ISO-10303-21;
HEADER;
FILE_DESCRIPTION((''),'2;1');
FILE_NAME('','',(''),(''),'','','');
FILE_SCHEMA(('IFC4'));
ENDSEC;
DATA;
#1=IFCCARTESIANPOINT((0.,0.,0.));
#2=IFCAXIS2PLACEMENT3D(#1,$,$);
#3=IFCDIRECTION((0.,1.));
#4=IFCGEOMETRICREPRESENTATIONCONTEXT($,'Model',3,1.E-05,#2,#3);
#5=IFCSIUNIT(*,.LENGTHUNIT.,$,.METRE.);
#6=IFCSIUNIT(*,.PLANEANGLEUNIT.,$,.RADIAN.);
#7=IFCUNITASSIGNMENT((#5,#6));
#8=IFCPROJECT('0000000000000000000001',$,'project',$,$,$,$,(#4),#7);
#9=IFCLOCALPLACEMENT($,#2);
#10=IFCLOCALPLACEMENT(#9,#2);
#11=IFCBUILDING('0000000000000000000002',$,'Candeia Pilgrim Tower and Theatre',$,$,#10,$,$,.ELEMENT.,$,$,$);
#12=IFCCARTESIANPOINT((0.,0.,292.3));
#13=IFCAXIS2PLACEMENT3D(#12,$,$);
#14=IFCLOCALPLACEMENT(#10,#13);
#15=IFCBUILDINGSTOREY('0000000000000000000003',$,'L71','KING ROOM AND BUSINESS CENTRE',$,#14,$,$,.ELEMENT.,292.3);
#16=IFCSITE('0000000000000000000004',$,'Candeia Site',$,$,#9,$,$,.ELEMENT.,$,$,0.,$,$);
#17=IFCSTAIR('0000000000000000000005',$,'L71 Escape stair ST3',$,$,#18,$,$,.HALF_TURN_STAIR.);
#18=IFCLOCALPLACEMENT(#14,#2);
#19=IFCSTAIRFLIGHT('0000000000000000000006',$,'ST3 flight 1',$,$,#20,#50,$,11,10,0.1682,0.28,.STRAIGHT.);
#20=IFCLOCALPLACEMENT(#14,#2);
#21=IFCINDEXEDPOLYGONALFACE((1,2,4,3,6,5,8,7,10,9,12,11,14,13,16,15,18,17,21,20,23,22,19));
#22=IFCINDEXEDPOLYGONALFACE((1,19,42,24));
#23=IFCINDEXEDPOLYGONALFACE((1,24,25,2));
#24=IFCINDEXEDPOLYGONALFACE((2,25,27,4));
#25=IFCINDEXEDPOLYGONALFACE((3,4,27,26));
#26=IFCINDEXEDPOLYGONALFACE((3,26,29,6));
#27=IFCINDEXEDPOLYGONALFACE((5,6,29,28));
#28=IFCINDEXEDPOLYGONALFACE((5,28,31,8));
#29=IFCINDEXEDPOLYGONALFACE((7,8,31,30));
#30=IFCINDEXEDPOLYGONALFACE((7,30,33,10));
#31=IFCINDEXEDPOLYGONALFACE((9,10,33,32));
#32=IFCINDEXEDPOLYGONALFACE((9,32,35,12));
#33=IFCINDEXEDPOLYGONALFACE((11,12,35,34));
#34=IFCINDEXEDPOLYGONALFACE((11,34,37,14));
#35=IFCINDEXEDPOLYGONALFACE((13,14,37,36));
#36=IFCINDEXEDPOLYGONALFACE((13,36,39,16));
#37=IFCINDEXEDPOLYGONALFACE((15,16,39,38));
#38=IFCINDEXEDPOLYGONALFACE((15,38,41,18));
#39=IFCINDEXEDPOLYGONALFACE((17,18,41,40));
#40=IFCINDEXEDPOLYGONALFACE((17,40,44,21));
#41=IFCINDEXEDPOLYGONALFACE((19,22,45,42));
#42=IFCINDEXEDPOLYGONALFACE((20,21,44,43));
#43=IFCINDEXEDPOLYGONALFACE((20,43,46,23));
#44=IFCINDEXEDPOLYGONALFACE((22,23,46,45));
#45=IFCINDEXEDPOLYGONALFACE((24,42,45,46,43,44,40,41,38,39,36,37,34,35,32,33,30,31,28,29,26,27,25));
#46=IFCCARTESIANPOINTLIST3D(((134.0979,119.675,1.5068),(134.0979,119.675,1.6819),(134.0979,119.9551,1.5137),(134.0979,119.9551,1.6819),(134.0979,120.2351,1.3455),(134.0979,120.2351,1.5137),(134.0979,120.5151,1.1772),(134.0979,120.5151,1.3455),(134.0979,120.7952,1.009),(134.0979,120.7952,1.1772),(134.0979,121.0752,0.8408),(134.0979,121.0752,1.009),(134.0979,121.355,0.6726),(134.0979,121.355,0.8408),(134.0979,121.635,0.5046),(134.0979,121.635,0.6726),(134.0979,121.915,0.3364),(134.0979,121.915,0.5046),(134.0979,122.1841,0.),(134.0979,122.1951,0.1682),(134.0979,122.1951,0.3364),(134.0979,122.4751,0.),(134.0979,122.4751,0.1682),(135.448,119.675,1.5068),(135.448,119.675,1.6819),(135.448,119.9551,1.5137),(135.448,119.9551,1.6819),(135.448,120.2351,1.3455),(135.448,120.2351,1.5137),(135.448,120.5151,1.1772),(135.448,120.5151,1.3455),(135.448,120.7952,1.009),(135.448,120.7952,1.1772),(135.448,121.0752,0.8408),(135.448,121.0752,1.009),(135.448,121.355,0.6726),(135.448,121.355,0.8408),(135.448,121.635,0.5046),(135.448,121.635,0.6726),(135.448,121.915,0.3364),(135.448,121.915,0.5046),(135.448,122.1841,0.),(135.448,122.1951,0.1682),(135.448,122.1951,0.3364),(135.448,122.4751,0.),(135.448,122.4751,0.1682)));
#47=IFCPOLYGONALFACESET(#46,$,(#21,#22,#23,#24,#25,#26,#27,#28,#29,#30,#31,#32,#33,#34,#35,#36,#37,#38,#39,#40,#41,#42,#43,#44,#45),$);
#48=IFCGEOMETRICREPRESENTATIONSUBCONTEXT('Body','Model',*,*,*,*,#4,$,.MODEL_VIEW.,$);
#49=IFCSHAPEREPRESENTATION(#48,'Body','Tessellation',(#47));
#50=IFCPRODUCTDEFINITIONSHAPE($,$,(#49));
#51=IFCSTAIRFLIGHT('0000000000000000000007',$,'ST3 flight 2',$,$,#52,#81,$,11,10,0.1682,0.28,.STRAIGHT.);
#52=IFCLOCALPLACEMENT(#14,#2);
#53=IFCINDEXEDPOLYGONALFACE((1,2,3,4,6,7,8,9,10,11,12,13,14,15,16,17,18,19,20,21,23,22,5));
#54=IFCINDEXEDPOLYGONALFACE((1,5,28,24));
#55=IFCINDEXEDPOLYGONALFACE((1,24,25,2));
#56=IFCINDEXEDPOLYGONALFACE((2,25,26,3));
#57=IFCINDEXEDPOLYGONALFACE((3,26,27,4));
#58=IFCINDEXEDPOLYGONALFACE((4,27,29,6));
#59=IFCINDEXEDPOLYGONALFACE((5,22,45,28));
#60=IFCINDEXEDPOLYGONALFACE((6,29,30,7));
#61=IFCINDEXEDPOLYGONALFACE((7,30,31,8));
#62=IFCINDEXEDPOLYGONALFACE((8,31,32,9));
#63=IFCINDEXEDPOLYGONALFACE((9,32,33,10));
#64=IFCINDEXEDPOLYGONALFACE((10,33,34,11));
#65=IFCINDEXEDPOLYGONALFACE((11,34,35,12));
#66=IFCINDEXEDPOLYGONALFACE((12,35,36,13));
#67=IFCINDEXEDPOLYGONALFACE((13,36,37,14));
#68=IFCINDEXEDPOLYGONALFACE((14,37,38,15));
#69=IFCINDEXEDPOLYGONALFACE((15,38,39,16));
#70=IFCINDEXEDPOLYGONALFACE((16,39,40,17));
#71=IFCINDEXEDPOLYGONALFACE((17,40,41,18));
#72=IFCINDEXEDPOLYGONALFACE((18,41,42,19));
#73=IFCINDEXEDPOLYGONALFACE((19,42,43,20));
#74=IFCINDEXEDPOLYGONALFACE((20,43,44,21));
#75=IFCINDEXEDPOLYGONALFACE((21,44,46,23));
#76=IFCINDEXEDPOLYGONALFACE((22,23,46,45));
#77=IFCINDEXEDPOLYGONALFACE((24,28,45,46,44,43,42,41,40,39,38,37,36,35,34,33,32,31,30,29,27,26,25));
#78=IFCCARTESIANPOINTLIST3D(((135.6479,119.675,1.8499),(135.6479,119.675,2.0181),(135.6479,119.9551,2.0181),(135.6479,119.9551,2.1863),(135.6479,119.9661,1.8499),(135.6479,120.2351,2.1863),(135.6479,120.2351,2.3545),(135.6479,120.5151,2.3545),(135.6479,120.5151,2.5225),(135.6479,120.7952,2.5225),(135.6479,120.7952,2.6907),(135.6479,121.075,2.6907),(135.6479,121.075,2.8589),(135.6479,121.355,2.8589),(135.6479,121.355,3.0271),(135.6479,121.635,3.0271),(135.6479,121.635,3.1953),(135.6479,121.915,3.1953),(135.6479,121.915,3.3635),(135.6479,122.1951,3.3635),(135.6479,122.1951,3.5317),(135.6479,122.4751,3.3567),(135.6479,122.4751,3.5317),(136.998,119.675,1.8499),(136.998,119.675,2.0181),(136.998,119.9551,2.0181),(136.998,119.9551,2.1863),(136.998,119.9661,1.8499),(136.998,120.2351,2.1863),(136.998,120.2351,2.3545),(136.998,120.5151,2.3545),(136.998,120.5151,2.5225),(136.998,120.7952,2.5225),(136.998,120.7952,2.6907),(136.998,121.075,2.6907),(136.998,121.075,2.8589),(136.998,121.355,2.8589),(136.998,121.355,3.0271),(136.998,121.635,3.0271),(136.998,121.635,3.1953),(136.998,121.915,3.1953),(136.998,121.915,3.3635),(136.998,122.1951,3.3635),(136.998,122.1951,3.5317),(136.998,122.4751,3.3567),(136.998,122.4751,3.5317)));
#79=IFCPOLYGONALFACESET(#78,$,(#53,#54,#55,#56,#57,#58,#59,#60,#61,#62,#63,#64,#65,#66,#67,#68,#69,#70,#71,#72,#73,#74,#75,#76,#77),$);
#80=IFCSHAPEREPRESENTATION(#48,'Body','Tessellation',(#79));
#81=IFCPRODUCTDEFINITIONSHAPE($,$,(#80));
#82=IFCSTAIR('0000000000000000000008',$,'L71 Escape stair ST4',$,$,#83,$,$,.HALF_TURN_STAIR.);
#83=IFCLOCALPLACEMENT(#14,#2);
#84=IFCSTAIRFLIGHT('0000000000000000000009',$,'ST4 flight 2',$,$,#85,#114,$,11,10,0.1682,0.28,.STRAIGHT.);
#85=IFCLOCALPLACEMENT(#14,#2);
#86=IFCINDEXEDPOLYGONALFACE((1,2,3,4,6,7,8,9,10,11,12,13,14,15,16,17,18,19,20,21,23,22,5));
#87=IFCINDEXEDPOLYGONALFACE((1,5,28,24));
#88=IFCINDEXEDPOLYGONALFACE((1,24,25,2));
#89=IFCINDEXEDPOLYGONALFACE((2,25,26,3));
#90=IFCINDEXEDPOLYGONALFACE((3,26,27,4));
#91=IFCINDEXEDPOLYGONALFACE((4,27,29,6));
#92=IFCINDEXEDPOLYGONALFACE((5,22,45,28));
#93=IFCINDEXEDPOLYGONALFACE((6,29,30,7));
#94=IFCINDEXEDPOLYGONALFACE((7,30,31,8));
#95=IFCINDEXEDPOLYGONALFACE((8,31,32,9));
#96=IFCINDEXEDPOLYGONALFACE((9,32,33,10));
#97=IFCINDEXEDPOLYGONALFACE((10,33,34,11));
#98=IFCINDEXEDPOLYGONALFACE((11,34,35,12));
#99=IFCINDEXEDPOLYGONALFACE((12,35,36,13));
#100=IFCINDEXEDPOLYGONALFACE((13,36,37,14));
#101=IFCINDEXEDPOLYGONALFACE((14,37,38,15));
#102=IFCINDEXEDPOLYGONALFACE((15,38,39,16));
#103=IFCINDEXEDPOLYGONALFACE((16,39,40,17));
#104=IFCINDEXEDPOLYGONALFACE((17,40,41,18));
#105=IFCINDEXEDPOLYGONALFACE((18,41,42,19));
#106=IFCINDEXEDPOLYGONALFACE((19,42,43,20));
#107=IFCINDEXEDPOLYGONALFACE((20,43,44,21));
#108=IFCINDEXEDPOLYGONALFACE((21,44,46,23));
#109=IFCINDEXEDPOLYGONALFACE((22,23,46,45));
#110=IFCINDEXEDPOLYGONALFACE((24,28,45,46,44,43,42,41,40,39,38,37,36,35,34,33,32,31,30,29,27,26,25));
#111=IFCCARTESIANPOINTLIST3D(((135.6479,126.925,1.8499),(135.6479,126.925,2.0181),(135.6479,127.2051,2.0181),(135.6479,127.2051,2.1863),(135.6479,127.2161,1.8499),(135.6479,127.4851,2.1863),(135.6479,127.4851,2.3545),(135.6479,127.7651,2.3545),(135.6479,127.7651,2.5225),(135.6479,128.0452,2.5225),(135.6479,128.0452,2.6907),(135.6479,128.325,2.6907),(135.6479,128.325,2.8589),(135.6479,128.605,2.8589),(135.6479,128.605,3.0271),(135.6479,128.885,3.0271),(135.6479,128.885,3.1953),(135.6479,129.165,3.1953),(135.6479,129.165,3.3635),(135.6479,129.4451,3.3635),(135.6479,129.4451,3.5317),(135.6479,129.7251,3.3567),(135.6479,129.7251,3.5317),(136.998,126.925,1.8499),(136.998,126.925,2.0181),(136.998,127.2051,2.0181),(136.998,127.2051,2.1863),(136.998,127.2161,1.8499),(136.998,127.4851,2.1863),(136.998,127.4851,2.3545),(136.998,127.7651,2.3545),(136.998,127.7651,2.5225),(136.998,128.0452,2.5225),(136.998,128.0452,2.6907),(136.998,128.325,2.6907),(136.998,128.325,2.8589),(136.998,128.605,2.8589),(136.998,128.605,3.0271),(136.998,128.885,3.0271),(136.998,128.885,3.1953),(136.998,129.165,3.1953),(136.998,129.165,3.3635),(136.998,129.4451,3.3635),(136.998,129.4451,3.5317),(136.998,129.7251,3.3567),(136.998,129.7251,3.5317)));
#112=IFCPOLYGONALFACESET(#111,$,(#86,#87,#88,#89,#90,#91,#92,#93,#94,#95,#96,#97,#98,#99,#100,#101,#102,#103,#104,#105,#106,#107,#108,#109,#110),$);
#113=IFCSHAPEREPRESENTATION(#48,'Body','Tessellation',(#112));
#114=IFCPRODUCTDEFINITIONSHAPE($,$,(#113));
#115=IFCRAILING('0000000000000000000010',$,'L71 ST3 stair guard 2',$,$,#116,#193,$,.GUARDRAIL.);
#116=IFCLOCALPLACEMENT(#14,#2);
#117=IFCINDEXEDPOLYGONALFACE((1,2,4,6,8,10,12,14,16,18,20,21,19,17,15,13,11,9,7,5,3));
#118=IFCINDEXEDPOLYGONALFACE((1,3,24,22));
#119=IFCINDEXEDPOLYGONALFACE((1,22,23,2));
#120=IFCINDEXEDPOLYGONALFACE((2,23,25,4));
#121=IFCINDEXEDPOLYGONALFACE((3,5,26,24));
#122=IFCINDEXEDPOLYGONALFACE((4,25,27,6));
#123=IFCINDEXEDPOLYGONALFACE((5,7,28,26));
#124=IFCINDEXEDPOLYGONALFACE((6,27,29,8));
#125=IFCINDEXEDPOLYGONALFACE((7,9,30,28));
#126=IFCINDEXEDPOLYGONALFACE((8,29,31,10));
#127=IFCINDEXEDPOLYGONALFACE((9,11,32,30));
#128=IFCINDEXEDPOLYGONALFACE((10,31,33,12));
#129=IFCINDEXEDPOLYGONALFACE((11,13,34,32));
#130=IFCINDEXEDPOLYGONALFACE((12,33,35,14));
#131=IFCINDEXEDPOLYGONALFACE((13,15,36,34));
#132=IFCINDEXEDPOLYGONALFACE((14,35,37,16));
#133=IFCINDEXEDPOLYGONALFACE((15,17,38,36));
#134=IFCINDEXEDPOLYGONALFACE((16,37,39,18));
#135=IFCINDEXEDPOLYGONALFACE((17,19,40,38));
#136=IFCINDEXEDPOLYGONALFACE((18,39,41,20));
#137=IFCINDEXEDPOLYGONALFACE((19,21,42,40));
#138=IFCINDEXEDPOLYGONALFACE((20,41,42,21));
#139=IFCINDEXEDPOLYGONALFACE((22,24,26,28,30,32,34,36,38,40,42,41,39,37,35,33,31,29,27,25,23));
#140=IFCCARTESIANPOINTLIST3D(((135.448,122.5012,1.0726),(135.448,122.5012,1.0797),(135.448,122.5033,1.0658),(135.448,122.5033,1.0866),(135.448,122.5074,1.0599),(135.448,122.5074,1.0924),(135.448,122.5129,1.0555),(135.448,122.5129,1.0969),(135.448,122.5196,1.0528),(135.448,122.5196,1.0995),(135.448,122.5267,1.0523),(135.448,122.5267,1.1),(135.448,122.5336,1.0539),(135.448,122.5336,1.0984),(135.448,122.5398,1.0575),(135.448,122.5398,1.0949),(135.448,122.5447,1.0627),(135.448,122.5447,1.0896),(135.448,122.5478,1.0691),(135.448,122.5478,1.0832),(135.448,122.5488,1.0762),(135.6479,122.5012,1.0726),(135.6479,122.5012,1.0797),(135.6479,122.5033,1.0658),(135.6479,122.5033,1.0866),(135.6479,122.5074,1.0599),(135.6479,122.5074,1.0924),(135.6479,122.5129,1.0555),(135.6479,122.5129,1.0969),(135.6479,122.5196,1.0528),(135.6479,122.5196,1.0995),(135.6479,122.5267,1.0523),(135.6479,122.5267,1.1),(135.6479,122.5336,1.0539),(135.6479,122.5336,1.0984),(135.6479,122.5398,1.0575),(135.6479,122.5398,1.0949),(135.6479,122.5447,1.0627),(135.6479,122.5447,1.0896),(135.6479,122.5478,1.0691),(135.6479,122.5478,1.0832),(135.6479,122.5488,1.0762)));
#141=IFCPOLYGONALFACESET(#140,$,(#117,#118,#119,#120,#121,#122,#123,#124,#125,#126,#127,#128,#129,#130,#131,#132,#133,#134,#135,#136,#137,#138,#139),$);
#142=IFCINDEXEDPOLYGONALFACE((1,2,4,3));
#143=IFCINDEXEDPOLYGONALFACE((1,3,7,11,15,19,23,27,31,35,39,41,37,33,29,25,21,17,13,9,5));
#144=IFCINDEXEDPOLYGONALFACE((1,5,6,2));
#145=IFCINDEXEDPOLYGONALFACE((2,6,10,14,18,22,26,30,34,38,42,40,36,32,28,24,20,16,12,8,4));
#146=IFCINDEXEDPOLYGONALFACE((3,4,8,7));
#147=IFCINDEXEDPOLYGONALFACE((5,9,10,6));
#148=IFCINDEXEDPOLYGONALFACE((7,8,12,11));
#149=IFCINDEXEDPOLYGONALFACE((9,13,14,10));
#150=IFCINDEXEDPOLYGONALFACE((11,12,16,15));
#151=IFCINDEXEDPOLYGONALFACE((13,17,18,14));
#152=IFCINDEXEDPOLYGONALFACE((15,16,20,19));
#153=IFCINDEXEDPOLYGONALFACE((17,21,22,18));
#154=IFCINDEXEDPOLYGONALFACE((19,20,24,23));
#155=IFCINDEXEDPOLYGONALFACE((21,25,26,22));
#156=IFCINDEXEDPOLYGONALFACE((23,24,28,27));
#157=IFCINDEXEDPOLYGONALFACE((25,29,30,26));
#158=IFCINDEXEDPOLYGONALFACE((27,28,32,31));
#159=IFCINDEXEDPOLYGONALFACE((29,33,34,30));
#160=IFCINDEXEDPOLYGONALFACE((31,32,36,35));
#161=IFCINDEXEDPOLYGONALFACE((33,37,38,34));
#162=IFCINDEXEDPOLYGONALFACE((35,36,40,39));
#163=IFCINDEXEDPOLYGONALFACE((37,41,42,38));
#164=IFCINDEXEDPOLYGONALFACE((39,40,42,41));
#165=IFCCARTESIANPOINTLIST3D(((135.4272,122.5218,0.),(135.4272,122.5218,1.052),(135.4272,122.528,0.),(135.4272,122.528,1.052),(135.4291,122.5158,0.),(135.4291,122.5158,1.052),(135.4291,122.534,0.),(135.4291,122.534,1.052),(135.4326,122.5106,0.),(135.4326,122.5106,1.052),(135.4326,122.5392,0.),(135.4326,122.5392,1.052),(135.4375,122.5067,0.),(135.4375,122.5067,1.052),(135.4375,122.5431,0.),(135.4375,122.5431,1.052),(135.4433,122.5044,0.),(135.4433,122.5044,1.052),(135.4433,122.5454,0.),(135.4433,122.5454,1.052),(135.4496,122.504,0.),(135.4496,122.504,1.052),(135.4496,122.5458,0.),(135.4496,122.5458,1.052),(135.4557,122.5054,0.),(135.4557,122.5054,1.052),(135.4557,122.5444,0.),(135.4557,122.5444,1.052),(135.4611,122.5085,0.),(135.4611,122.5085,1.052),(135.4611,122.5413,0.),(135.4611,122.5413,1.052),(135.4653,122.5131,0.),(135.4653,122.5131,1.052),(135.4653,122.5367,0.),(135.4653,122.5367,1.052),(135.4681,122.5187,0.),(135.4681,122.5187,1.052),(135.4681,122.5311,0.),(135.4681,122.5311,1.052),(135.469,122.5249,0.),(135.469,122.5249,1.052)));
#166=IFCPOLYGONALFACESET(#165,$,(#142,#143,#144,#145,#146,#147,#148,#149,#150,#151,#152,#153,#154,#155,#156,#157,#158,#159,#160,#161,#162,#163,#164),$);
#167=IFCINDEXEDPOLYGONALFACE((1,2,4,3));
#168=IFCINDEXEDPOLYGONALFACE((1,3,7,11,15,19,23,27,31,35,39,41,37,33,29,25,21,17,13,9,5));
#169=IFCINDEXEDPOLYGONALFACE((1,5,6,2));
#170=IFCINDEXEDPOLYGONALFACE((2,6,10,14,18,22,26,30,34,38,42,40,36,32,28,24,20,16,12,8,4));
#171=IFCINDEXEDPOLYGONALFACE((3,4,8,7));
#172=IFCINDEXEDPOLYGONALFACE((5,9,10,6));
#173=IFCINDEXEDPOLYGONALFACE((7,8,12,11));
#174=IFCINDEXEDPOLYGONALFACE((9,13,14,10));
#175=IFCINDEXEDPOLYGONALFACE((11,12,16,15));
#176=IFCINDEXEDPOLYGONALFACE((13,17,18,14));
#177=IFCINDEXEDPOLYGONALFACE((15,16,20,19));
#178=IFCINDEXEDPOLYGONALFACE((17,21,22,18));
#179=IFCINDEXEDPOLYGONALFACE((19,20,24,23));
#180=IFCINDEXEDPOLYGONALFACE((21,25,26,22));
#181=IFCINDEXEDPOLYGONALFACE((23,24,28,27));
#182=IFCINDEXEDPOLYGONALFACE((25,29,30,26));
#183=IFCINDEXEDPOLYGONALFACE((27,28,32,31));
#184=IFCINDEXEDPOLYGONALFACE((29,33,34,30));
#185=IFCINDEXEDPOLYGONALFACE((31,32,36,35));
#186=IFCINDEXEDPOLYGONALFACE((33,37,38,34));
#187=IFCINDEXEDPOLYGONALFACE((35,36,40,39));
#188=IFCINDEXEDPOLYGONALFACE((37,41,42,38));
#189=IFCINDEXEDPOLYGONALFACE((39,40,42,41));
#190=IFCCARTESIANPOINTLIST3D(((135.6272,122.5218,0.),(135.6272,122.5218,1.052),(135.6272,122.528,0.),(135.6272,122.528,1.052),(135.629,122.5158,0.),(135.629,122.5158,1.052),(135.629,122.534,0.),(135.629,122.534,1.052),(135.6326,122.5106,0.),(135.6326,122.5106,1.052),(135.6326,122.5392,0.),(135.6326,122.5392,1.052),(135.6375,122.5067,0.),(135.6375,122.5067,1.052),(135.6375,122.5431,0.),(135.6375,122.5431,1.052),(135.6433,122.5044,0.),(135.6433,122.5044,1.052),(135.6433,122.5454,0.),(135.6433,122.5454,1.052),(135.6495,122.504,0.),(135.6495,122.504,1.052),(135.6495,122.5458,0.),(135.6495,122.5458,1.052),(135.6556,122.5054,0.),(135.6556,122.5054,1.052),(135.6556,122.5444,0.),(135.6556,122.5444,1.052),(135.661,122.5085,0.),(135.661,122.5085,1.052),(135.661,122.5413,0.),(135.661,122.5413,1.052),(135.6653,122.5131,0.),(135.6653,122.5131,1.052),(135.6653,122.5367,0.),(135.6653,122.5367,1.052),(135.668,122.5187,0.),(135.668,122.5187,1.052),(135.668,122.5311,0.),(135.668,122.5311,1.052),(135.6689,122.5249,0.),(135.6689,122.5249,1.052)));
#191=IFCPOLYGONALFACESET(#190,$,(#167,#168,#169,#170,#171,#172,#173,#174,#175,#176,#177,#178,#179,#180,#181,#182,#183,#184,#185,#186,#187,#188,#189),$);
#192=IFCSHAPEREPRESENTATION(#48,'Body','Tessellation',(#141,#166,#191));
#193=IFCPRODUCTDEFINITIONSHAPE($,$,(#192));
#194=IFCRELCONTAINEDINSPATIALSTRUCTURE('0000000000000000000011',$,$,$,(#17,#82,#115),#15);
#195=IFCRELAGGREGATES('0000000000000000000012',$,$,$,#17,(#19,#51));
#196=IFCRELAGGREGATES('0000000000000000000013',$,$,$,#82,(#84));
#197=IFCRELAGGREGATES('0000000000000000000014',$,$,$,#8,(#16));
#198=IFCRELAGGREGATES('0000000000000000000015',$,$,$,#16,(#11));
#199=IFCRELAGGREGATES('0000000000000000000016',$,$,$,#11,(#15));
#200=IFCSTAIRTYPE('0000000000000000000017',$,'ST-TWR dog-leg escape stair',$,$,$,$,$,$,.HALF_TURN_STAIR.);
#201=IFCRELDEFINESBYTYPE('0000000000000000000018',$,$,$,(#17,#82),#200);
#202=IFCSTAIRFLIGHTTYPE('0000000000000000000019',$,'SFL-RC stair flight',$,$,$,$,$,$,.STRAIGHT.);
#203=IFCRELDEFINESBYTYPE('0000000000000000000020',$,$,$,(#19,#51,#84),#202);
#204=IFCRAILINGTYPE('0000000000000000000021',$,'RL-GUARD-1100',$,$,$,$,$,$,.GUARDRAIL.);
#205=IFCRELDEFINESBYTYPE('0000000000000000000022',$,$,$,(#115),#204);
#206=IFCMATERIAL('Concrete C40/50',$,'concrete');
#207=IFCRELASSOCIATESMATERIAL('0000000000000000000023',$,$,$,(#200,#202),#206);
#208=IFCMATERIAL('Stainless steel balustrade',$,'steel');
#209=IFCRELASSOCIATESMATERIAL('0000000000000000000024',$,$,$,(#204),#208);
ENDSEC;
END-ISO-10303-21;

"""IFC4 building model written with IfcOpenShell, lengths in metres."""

from ifc_helpers import new_model, si_unit, direction, frame, origin, origin_2d, place, context, subcontext, project, spatial, polyline, circle, outline, extrude, material, type_object, element, aggregate, save


model = new_model("IFC4")

# Units and contexts
model_context = context("Model", 3, precision=1e-05, world=origin(), true_north=direction((0.0, 1.0)))
body_context = subcontext(model_context, "Body", "Model", "MODEL_VIEW")
ifc_project = project(units=[si_unit("LENGTHUNIT", "METRE"), si_unit("PLANEANGLEUNIT", "RADIAN")], contexts=[model_context])

# Site, building, storey
site_placement = place(None, origin())
site = spatial("IfcSite", under=ifc_project, at=site_placement, Name="Candeia Site", CompositionType="ELEMENT", RefElevation=0.0)
building_placement = place(site_placement, origin())
building = spatial("IfcBuilding", under=site, at=building_placement, Name="Candeia Pilgrim Tower and Theatre", CompositionType="ELEMENT")
storey_placement = place(building_placement, frame((0.0, 0.0, 292.3)))
storey = spatial("IfcBuildingStorey", under=building, at=storey_placement, Name="L71", Description="KING ROOM AND BUSINESS CENTRE", CompositionType="ELEMENT", Elevation=292.3)

# Shared definitions
ifc_material_1 = material(Name="Concrete C40/50", Category="concrete")

# Stair, stair flights
stair_type = type_object("IfcStairType", Name="ST-TWR dog-leg escape stair", PredefinedType="HALF_TURN_STAIR", material=ifc_material_1)
stair_1_placement = place(storey_placement, origin())
stair_1 = element("IfcStair", 1, at=stair_1_placement, inside=storey, type_object=stair_type, Name="L71 Escape stair ST3", PredefinedType="HALF_TURN_STAIR")
stair_flight_type = type_object("IfcStairFlightType", Name="SFL-RC stair flight", PredefinedType="STRAIGHT", material=ifc_material_1)
stair_flight_1_placement = place(storey_placement, frame((134.7729, 122.4751, 0.0), z_axis=(0.0, 0.0, 1.0), x_axis=(0.0, -1.0, 0.0)))
stair_flight_1 = element("IfcStairFlight", 2, at=stair_flight_1_placement, type_object=stair_flight_type, Name="ST3 flight 1", NumberOfRisers=11, NumberOfTreads=10, PredefinedType="STRAIGHT", RiserHeight=0.1682, TreadLength=0.28, context=body_context, shape_type="SweptSolid", body=[
    extrude(outline(polyline([(0.0, 0.0), (0.0, 0.1682), (0.28, 0.1682), (0.28, 0.3364), (0.5601, 0.3364), (0.5601, 0.5046), (0.8401, 0.5046), (0.8401, 0.6726), (1.1201, 0.6726), (1.1201, 0.8408), (1.3999, 0.8408), (1.3999, 1.009), (1.6799, 1.009), (1.6799, 1.1772), (1.96, 1.1772), (1.96, 1.3455), (2.24, 1.3455), (2.24, 1.5137), (2.52, 1.5137), (2.52, 1.6819), (2.8, 1.6819), (2.8, 1.8501), (2.8, 1.5068), (0.291, 0.0), (0.0, 0.0)])), frame((0.0, 0.675, 0.0), z_axis=(0.0, -1.0, 0.0), x_axis=(1.0, 0.0, 0.0)), (0.0, 0.0, 1.0), 1.3501),
])
stair_flight_2_placement = place(storey_placement, frame((136.323, 119.675, 1.8499), z_axis=(0.0, 0.0, 1.0), x_axis=(0.0, 1.0, 0.0)))
stair_flight_2 = element("IfcStairFlight", 3, at=stair_flight_2_placement, type_object=stair_flight_type, Name="ST3 flight 2", NumberOfRisers=11, NumberOfTreads=10, PredefinedType="STRAIGHT", RiserHeight=0.1682, TreadLength=0.28, context=body_context, shape_type="SweptSolid", body=[
    extrude(outline(polyline([(0.0, 0.0), (0.0, 0.1682), (0.28, 0.1682), (0.28, 0.3364), (0.5601, 0.3364), (0.5601, 0.5046), (0.8401, 0.5046), (0.8401, 0.6726), (1.1201, 0.6726), (1.1201, 0.8408), (1.3999, 0.8408), (1.3999, 1.009), (1.6799, 1.009), (1.6799, 1.1772), (1.96, 1.1772), (1.96, 1.3455), (2.24, 1.3455), (2.24, 1.5137), (2.52, 1.5137), (2.52, 1.6819), (2.8, 1.6819), (2.8, 1.8501), (2.8, 1.5068), (0.291, 0.0), (0.0, 0.0)])), frame((0.0, 0.675, 0.0), z_axis=(0.0, -1.0, 0.0), x_axis=(1.0, 0.0, 0.0)), (0.0, 0.0, 1.0), 1.3501),
])
aggregate(stair_1, [stair_flight_1, stair_flight_2])

# Stair, stair flight
stair_2_placement = place(storey_placement, origin())
stair_2 = element("IfcStair", 4, at=stair_2_placement, inside=storey, type_object=stair_type, Name="L71 Escape stair ST4", PredefinedType="HALF_TURN_STAIR")
stair_flight_3_placement = place(storey_placement, frame((136.323, 126.925, 1.8499), z_axis=(0.0, 0.0, 1.0), x_axis=(0.0, 1.0, 0.0)))
stair_flight_3 = element("IfcStairFlight", 5, at=stair_flight_3_placement, type_object=stair_flight_type, Name="ST4 flight 2", NumberOfRisers=11, NumberOfTreads=10, PredefinedType="STRAIGHT", RiserHeight=0.1682, TreadLength=0.28, context=body_context, shape_type="SweptSolid", body=[
    extrude(outline(polyline([(0.0, 0.0), (0.0, 0.1682), (0.28, 0.1682), (0.28, 0.3364), (0.5601, 0.3364), (0.5601, 0.5046), (0.8401, 0.5046), (0.8401, 0.6726), (1.1201, 0.6726), (1.1201, 0.8408), (1.3999, 0.8408), (1.3999, 1.009), (1.6799, 1.009), (1.6799, 1.1772), (1.96, 1.1772), (1.96, 1.3455), (2.24, 1.3455), (2.24, 1.5137), (2.52, 1.5137), (2.52, 1.6819), (2.8, 1.6819), (2.8, 1.8501), (2.8, 1.5068), (0.291, 0.0), (0.0, 0.0)])), frame((0.0, 0.675, 0.0), z_axis=(0.0, -1.0, 0.0), x_axis=(1.0, 0.0, 0.0)), (0.0, 0.0, 1.0), 1.3501),
])
aggregate(stair_2, [stair_flight_3])

# Railing
ifc_material_2 = material(Name="Stainless steel balustrade", Category="steel")
railing_type_1 = type_object("IfcRailingType", Name="RL-GUARD-1100", PredefinedType="GUARDRAIL", material=ifc_material_2)
railing_1_placement = place(storey_placement, frame((135.448, 122.5249, 0.0)))
element("IfcRailing", 6, at=railing_1_placement, inside=storey, type_object=railing_type_1, Name="L71 ST3 stair guard 2", PredefinedType="GUARDRAIL", context=body_context, shape_type="SweptSolid", body=[
    extrude(circle(Radius=0.0239, at=origin_2d()), frame((0.0, 0.0, 1.0762), z_axis=(1.0, 0.0, 0.0), x_axis=(0.0, 1.0, 0.0)), (0.0, 0.0, 1.0), 0.2),
    extrude(circle(Radius=0.021, at=origin_2d()), origin(), (0.0, 0.0, 1.0), 1.052),
    extrude(circle(Radius=0.021, at=origin_2d()), frame((0.2, 0.0, 0.0)), (0.0, 0.0, 1.0), 1.052),
])

save(model, "model.ifc")
